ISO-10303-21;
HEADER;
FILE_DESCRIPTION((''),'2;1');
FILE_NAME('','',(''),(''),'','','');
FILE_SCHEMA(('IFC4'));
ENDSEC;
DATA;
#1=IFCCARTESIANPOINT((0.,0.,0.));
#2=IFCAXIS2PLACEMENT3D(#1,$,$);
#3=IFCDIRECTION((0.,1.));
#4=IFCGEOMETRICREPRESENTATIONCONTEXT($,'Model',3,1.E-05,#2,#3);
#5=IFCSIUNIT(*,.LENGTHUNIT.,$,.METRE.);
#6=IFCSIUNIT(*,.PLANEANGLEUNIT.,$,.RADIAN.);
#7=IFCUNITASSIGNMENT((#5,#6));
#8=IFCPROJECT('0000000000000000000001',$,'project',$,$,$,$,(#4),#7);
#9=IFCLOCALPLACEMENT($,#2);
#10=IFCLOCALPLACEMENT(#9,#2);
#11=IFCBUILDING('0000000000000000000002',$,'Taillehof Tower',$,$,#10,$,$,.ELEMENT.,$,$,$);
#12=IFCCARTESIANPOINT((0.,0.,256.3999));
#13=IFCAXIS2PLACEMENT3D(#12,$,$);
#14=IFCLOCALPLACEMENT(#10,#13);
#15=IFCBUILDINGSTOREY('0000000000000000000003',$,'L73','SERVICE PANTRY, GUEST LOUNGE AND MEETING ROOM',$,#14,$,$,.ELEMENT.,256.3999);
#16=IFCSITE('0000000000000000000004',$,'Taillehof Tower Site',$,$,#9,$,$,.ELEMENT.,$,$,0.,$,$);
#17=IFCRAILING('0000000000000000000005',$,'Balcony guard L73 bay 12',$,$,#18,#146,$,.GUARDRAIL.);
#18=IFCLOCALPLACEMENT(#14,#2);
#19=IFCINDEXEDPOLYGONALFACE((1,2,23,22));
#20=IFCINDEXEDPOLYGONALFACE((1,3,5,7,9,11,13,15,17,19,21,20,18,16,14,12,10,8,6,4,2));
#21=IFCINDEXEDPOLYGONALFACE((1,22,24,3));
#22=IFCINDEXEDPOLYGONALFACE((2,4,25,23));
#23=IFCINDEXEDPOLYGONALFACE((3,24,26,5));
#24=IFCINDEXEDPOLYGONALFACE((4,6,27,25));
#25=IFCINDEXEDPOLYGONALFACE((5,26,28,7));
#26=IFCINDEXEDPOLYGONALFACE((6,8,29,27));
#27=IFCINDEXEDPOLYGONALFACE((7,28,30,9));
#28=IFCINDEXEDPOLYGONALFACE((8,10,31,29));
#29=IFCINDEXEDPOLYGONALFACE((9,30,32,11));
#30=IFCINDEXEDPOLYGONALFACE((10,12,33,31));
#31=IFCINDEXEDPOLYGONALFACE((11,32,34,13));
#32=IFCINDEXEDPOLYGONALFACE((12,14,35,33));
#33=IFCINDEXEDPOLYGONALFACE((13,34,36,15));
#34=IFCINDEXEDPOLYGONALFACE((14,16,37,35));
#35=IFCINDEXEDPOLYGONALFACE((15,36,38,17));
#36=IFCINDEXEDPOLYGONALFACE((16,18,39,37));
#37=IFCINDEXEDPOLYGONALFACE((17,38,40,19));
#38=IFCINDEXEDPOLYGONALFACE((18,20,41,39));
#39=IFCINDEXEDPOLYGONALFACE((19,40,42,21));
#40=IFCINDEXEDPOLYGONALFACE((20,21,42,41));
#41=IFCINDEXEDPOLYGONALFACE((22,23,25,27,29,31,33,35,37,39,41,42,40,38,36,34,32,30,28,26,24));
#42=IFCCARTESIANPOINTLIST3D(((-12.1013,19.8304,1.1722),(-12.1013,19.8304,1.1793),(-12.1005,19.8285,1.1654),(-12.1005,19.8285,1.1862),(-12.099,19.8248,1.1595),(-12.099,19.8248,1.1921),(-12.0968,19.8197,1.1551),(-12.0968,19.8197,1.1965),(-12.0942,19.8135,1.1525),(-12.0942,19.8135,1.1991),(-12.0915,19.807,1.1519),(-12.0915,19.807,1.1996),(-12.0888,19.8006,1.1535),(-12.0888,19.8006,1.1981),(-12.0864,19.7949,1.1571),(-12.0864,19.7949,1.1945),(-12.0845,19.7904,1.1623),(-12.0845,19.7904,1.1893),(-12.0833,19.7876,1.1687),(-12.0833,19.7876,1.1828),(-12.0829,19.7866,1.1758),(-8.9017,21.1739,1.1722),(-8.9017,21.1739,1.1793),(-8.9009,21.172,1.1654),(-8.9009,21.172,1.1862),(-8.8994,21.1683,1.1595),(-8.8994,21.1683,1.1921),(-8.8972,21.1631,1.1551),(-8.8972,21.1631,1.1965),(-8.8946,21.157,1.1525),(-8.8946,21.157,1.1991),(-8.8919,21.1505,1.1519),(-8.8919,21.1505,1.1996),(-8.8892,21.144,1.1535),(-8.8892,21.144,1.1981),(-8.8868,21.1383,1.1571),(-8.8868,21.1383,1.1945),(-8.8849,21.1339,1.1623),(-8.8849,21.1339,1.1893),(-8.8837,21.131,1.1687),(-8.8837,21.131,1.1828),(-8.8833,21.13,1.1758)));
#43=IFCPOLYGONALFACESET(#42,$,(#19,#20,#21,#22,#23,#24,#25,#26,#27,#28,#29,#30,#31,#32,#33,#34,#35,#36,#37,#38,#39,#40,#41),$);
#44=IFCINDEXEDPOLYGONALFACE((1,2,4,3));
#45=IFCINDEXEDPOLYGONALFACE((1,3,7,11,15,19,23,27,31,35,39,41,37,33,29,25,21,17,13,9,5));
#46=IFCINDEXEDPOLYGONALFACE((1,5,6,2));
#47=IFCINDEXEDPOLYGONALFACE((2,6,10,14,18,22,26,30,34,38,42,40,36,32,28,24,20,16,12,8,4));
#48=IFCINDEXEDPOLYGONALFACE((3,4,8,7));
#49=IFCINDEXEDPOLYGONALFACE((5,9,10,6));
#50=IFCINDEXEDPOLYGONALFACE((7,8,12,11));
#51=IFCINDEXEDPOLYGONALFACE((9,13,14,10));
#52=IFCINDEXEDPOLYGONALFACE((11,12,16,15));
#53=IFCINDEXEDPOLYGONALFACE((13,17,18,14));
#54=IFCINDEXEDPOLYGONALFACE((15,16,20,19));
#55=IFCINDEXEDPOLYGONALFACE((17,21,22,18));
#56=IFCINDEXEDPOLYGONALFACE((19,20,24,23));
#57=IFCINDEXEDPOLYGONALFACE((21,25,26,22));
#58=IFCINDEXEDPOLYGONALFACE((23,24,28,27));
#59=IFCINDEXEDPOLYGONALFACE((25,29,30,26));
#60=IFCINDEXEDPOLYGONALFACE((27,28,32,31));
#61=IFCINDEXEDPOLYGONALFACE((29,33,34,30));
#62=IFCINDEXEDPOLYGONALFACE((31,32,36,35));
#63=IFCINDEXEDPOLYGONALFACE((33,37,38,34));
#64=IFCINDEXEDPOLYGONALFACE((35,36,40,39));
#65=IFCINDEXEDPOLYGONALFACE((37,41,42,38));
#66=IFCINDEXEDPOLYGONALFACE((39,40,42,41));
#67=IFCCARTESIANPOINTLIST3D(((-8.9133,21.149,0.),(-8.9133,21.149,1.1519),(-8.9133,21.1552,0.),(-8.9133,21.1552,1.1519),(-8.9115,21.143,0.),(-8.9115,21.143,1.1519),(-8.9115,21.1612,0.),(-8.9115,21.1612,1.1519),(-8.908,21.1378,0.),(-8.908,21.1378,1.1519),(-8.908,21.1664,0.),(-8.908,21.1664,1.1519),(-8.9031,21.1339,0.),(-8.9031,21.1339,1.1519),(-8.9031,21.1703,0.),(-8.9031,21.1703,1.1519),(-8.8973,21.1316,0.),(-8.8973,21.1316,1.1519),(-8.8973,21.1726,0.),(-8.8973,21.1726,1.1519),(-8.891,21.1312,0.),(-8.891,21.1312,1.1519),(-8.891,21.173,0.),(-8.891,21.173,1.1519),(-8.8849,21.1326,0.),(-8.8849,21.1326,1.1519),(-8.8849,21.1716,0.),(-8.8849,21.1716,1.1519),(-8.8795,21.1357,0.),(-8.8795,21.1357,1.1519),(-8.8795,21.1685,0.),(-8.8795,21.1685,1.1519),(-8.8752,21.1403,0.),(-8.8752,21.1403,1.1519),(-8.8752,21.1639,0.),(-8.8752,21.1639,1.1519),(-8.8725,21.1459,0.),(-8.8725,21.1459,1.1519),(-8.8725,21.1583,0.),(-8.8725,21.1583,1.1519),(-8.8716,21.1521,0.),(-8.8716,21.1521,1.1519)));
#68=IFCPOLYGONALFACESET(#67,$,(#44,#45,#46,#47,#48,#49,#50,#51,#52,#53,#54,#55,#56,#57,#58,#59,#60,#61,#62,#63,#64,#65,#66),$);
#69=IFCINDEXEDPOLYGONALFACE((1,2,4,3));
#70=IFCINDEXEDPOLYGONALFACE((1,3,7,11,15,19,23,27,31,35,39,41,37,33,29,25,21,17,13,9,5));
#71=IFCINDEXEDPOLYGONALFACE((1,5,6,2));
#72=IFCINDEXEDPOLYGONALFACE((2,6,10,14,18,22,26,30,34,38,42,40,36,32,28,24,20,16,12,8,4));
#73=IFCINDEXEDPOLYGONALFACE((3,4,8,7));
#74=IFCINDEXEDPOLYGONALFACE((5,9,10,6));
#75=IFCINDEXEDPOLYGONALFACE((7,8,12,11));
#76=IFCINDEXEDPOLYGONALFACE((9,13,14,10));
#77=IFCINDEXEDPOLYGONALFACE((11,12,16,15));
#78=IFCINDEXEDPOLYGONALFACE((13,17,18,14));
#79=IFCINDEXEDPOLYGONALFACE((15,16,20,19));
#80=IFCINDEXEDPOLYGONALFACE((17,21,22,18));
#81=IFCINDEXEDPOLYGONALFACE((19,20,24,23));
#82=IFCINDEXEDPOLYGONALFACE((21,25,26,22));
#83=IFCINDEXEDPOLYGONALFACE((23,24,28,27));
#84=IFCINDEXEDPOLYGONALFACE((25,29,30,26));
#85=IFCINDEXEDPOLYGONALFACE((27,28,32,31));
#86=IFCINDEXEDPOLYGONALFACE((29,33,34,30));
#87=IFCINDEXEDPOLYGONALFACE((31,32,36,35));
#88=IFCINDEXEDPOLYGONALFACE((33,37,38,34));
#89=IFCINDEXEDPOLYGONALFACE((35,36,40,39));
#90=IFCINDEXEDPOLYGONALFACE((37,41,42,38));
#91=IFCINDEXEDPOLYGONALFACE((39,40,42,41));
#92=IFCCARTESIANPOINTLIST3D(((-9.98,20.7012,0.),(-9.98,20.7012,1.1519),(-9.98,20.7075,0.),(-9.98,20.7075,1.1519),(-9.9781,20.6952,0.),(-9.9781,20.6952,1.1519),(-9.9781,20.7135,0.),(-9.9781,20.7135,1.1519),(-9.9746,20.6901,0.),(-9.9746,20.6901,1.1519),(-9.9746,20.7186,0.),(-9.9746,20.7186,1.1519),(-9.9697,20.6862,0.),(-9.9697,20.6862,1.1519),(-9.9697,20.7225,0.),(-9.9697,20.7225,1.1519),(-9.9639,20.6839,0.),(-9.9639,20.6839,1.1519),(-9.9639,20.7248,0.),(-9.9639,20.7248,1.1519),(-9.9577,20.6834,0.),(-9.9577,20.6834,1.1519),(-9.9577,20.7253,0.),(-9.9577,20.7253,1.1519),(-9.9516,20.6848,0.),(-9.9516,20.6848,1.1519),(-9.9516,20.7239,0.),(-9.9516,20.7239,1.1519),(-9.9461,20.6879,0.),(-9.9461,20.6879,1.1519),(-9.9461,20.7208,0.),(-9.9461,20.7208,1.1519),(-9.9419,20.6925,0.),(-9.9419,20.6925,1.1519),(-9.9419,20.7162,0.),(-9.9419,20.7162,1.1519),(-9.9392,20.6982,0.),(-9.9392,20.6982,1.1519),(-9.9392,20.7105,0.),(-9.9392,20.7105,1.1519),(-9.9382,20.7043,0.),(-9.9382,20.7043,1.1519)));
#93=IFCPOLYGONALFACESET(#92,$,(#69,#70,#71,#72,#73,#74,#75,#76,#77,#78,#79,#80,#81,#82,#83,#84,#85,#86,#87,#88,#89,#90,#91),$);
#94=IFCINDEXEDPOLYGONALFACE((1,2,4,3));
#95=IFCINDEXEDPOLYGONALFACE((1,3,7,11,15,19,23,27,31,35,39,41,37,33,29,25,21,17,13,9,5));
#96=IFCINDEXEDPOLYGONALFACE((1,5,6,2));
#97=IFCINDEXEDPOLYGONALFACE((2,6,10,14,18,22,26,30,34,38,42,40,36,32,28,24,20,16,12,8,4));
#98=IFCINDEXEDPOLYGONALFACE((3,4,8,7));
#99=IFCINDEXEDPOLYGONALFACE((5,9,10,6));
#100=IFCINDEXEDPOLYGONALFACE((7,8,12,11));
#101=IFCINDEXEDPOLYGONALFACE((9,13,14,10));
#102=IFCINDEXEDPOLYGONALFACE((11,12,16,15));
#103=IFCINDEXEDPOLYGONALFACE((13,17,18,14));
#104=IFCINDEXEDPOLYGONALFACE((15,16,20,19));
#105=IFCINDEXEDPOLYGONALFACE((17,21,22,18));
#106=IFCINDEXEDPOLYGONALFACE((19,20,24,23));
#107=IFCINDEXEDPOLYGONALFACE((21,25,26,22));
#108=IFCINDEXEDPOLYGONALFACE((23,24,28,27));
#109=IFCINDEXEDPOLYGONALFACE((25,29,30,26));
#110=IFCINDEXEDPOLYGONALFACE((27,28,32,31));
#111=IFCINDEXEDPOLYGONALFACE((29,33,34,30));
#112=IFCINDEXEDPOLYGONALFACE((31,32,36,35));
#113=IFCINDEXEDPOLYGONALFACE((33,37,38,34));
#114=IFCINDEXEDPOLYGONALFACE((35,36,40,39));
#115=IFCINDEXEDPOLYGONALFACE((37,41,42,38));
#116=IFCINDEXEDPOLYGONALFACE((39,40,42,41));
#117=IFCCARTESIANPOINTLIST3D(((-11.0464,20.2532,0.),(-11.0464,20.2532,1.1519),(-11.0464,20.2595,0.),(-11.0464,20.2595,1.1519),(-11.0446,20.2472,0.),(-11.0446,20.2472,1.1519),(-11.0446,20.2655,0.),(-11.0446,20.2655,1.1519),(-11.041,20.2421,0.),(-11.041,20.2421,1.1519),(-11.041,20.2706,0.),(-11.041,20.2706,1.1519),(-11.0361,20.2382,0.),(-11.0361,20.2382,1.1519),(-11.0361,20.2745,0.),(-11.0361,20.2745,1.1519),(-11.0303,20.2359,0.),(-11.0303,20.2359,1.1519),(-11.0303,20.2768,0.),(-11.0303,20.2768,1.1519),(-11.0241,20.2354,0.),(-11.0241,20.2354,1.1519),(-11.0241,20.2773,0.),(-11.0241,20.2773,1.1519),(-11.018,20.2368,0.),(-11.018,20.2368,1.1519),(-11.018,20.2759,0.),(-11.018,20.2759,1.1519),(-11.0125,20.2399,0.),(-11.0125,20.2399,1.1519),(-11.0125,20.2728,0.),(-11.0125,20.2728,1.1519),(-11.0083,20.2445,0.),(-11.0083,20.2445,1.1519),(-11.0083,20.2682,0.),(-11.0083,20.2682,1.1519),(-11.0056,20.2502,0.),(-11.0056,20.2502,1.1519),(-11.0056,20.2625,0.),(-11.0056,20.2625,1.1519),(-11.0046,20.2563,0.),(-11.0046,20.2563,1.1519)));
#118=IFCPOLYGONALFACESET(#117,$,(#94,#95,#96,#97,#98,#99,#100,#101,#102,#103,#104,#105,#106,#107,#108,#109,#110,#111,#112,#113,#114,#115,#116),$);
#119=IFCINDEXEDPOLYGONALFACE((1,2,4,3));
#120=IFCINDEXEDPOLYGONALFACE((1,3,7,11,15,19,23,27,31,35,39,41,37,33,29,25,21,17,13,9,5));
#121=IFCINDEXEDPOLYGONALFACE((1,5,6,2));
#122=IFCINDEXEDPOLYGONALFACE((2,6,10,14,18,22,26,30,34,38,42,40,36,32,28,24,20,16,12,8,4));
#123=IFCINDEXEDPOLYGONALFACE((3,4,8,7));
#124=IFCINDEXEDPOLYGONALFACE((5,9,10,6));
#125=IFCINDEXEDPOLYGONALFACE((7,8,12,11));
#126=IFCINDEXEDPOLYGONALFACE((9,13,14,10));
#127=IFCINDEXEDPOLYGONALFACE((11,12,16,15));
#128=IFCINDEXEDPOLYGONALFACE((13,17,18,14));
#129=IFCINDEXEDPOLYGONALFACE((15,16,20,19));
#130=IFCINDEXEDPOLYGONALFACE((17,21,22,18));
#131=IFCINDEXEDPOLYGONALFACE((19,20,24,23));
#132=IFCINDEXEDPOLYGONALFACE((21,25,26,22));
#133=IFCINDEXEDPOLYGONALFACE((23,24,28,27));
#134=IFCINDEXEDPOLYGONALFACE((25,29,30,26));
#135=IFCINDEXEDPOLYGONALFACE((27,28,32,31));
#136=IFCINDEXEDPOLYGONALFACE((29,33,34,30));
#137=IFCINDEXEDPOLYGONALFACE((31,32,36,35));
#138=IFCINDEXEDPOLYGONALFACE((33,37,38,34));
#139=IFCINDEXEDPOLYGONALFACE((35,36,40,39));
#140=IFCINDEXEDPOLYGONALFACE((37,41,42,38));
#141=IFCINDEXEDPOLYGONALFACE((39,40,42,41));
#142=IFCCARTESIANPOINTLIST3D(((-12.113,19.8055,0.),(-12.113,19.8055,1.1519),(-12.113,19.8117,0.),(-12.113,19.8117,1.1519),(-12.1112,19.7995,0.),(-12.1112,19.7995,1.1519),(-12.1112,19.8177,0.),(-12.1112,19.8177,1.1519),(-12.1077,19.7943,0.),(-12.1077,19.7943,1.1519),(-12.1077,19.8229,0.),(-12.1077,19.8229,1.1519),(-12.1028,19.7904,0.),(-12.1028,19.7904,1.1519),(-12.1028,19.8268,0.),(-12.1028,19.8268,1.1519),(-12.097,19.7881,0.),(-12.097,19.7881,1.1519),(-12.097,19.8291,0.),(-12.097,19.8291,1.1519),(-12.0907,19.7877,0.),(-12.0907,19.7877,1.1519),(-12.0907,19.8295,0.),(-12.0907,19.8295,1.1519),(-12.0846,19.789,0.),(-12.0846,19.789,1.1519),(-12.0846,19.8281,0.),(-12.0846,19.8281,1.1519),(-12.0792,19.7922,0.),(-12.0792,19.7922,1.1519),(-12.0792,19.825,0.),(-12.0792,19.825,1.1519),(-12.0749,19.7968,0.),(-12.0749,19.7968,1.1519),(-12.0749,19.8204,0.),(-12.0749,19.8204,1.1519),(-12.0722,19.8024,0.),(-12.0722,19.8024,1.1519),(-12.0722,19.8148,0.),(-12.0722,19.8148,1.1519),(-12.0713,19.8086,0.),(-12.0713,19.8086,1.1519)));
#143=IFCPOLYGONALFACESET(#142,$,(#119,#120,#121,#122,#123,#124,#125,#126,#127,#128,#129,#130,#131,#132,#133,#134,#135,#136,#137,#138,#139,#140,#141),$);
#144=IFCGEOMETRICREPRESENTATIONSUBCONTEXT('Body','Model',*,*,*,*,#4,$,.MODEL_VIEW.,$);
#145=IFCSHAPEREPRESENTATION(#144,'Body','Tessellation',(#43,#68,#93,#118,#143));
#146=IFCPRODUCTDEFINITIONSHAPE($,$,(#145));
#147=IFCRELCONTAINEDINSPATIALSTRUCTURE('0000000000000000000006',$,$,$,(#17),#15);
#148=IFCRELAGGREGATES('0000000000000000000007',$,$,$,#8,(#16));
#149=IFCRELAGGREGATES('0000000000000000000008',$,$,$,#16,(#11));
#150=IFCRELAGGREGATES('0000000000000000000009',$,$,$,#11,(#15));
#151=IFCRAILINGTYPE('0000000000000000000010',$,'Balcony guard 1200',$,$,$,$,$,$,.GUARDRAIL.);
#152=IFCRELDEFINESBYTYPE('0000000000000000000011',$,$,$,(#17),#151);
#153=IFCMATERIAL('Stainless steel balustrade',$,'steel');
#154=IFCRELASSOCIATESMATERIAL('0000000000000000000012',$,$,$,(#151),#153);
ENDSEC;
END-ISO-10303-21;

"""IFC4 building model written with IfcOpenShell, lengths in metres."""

from ifc_helpers import new_model, si_unit, direction, frame, origin, origin_2d, place, context, subcontext, project, spatial, circle, extrude, material, type_object, element, save


model = new_model("IFC4")

# Units and contexts
model_context = context("Model", 3, precision=1e-05, world=origin(), true_north=direction((0.0, 1.0)))
body_context = subcontext(model_context, "Body", "Model", "MODEL_VIEW")
ifc_project = project(units=[si_unit("LENGTHUNIT", "METRE"), si_unit("PLANEANGLEUNIT", "RADIAN")], contexts=[model_context])

# Site, building, storey
site_placement = place(None, origin())
site = spatial("IfcSite", under=ifc_project, at=site_placement, Name="Taillehof Tower Site", CompositionType="ELEMENT", RefElevation=0.0)
building_placement = place(site_placement, origin())
building = spatial("IfcBuilding", under=site, at=building_placement, Name="Taillehof Tower", CompositionType="ELEMENT")
storey_placement = place(building_placement, frame((0.0, 0.0, 256.3999)))
storey = spatial("IfcBuildingStorey", under=building, at=storey_placement, Name="L73", Description="SERVICE PANTRY, GUEST LOUNGE AND MEETING ROOM", CompositionType="ELEMENT", Elevation=256.3999)

# Railing
ifc_material_1 = material(Name="Stainless steel balustrade", Category="steel")
railing_type = type_object("IfcRailingType", Name="Balcony guard 1200", PredefinedType="GUARDRAIL", material=ifc_material_1)
railing_1_placement = place(storey_placement, frame((-8.8926, 21.1521, 0.0)))
element("IfcRailing", 1, at=railing_1_placement, inside=storey, type_object=railing_type, Name="Balcony guard L73 bay 12", PredefinedType="GUARDRAIL", context=body_context, shape_type="SweptSolid", body=[
    extrude(circle(Radius=0.0239, at=origin_2d()), frame((0.0, 0.0, 1.1758), z_axis=(-0.92202, -0.387142, 0.0), x_axis=(0.387142, -0.92202, 0.0)), (0.0, 0.0, 1.0), 3.4702),
    extrude(circle(Radius=0.021, at=origin_2d()), origin(), (0.0, 0.0, 1.0), 1.1519),
    extrude(circle(Radius=0.021, at=origin_2d()), frame((-1.0667, -0.4478, 0.0)), (0.0, 0.0, 1.0), 1.1519),
    extrude(circle(Radius=0.021, at=origin_2d()), frame((-2.1331, -0.8958, 0.0)), (0.0, 0.0, 1.0), 1.1519),
    extrude(circle(Radius=0.021, at=origin_2d()), frame((-3.1997, -1.3435, 0.0)), (0.0, 0.0, 1.0), 1.1519),
])

save(model, "model.ifc")
